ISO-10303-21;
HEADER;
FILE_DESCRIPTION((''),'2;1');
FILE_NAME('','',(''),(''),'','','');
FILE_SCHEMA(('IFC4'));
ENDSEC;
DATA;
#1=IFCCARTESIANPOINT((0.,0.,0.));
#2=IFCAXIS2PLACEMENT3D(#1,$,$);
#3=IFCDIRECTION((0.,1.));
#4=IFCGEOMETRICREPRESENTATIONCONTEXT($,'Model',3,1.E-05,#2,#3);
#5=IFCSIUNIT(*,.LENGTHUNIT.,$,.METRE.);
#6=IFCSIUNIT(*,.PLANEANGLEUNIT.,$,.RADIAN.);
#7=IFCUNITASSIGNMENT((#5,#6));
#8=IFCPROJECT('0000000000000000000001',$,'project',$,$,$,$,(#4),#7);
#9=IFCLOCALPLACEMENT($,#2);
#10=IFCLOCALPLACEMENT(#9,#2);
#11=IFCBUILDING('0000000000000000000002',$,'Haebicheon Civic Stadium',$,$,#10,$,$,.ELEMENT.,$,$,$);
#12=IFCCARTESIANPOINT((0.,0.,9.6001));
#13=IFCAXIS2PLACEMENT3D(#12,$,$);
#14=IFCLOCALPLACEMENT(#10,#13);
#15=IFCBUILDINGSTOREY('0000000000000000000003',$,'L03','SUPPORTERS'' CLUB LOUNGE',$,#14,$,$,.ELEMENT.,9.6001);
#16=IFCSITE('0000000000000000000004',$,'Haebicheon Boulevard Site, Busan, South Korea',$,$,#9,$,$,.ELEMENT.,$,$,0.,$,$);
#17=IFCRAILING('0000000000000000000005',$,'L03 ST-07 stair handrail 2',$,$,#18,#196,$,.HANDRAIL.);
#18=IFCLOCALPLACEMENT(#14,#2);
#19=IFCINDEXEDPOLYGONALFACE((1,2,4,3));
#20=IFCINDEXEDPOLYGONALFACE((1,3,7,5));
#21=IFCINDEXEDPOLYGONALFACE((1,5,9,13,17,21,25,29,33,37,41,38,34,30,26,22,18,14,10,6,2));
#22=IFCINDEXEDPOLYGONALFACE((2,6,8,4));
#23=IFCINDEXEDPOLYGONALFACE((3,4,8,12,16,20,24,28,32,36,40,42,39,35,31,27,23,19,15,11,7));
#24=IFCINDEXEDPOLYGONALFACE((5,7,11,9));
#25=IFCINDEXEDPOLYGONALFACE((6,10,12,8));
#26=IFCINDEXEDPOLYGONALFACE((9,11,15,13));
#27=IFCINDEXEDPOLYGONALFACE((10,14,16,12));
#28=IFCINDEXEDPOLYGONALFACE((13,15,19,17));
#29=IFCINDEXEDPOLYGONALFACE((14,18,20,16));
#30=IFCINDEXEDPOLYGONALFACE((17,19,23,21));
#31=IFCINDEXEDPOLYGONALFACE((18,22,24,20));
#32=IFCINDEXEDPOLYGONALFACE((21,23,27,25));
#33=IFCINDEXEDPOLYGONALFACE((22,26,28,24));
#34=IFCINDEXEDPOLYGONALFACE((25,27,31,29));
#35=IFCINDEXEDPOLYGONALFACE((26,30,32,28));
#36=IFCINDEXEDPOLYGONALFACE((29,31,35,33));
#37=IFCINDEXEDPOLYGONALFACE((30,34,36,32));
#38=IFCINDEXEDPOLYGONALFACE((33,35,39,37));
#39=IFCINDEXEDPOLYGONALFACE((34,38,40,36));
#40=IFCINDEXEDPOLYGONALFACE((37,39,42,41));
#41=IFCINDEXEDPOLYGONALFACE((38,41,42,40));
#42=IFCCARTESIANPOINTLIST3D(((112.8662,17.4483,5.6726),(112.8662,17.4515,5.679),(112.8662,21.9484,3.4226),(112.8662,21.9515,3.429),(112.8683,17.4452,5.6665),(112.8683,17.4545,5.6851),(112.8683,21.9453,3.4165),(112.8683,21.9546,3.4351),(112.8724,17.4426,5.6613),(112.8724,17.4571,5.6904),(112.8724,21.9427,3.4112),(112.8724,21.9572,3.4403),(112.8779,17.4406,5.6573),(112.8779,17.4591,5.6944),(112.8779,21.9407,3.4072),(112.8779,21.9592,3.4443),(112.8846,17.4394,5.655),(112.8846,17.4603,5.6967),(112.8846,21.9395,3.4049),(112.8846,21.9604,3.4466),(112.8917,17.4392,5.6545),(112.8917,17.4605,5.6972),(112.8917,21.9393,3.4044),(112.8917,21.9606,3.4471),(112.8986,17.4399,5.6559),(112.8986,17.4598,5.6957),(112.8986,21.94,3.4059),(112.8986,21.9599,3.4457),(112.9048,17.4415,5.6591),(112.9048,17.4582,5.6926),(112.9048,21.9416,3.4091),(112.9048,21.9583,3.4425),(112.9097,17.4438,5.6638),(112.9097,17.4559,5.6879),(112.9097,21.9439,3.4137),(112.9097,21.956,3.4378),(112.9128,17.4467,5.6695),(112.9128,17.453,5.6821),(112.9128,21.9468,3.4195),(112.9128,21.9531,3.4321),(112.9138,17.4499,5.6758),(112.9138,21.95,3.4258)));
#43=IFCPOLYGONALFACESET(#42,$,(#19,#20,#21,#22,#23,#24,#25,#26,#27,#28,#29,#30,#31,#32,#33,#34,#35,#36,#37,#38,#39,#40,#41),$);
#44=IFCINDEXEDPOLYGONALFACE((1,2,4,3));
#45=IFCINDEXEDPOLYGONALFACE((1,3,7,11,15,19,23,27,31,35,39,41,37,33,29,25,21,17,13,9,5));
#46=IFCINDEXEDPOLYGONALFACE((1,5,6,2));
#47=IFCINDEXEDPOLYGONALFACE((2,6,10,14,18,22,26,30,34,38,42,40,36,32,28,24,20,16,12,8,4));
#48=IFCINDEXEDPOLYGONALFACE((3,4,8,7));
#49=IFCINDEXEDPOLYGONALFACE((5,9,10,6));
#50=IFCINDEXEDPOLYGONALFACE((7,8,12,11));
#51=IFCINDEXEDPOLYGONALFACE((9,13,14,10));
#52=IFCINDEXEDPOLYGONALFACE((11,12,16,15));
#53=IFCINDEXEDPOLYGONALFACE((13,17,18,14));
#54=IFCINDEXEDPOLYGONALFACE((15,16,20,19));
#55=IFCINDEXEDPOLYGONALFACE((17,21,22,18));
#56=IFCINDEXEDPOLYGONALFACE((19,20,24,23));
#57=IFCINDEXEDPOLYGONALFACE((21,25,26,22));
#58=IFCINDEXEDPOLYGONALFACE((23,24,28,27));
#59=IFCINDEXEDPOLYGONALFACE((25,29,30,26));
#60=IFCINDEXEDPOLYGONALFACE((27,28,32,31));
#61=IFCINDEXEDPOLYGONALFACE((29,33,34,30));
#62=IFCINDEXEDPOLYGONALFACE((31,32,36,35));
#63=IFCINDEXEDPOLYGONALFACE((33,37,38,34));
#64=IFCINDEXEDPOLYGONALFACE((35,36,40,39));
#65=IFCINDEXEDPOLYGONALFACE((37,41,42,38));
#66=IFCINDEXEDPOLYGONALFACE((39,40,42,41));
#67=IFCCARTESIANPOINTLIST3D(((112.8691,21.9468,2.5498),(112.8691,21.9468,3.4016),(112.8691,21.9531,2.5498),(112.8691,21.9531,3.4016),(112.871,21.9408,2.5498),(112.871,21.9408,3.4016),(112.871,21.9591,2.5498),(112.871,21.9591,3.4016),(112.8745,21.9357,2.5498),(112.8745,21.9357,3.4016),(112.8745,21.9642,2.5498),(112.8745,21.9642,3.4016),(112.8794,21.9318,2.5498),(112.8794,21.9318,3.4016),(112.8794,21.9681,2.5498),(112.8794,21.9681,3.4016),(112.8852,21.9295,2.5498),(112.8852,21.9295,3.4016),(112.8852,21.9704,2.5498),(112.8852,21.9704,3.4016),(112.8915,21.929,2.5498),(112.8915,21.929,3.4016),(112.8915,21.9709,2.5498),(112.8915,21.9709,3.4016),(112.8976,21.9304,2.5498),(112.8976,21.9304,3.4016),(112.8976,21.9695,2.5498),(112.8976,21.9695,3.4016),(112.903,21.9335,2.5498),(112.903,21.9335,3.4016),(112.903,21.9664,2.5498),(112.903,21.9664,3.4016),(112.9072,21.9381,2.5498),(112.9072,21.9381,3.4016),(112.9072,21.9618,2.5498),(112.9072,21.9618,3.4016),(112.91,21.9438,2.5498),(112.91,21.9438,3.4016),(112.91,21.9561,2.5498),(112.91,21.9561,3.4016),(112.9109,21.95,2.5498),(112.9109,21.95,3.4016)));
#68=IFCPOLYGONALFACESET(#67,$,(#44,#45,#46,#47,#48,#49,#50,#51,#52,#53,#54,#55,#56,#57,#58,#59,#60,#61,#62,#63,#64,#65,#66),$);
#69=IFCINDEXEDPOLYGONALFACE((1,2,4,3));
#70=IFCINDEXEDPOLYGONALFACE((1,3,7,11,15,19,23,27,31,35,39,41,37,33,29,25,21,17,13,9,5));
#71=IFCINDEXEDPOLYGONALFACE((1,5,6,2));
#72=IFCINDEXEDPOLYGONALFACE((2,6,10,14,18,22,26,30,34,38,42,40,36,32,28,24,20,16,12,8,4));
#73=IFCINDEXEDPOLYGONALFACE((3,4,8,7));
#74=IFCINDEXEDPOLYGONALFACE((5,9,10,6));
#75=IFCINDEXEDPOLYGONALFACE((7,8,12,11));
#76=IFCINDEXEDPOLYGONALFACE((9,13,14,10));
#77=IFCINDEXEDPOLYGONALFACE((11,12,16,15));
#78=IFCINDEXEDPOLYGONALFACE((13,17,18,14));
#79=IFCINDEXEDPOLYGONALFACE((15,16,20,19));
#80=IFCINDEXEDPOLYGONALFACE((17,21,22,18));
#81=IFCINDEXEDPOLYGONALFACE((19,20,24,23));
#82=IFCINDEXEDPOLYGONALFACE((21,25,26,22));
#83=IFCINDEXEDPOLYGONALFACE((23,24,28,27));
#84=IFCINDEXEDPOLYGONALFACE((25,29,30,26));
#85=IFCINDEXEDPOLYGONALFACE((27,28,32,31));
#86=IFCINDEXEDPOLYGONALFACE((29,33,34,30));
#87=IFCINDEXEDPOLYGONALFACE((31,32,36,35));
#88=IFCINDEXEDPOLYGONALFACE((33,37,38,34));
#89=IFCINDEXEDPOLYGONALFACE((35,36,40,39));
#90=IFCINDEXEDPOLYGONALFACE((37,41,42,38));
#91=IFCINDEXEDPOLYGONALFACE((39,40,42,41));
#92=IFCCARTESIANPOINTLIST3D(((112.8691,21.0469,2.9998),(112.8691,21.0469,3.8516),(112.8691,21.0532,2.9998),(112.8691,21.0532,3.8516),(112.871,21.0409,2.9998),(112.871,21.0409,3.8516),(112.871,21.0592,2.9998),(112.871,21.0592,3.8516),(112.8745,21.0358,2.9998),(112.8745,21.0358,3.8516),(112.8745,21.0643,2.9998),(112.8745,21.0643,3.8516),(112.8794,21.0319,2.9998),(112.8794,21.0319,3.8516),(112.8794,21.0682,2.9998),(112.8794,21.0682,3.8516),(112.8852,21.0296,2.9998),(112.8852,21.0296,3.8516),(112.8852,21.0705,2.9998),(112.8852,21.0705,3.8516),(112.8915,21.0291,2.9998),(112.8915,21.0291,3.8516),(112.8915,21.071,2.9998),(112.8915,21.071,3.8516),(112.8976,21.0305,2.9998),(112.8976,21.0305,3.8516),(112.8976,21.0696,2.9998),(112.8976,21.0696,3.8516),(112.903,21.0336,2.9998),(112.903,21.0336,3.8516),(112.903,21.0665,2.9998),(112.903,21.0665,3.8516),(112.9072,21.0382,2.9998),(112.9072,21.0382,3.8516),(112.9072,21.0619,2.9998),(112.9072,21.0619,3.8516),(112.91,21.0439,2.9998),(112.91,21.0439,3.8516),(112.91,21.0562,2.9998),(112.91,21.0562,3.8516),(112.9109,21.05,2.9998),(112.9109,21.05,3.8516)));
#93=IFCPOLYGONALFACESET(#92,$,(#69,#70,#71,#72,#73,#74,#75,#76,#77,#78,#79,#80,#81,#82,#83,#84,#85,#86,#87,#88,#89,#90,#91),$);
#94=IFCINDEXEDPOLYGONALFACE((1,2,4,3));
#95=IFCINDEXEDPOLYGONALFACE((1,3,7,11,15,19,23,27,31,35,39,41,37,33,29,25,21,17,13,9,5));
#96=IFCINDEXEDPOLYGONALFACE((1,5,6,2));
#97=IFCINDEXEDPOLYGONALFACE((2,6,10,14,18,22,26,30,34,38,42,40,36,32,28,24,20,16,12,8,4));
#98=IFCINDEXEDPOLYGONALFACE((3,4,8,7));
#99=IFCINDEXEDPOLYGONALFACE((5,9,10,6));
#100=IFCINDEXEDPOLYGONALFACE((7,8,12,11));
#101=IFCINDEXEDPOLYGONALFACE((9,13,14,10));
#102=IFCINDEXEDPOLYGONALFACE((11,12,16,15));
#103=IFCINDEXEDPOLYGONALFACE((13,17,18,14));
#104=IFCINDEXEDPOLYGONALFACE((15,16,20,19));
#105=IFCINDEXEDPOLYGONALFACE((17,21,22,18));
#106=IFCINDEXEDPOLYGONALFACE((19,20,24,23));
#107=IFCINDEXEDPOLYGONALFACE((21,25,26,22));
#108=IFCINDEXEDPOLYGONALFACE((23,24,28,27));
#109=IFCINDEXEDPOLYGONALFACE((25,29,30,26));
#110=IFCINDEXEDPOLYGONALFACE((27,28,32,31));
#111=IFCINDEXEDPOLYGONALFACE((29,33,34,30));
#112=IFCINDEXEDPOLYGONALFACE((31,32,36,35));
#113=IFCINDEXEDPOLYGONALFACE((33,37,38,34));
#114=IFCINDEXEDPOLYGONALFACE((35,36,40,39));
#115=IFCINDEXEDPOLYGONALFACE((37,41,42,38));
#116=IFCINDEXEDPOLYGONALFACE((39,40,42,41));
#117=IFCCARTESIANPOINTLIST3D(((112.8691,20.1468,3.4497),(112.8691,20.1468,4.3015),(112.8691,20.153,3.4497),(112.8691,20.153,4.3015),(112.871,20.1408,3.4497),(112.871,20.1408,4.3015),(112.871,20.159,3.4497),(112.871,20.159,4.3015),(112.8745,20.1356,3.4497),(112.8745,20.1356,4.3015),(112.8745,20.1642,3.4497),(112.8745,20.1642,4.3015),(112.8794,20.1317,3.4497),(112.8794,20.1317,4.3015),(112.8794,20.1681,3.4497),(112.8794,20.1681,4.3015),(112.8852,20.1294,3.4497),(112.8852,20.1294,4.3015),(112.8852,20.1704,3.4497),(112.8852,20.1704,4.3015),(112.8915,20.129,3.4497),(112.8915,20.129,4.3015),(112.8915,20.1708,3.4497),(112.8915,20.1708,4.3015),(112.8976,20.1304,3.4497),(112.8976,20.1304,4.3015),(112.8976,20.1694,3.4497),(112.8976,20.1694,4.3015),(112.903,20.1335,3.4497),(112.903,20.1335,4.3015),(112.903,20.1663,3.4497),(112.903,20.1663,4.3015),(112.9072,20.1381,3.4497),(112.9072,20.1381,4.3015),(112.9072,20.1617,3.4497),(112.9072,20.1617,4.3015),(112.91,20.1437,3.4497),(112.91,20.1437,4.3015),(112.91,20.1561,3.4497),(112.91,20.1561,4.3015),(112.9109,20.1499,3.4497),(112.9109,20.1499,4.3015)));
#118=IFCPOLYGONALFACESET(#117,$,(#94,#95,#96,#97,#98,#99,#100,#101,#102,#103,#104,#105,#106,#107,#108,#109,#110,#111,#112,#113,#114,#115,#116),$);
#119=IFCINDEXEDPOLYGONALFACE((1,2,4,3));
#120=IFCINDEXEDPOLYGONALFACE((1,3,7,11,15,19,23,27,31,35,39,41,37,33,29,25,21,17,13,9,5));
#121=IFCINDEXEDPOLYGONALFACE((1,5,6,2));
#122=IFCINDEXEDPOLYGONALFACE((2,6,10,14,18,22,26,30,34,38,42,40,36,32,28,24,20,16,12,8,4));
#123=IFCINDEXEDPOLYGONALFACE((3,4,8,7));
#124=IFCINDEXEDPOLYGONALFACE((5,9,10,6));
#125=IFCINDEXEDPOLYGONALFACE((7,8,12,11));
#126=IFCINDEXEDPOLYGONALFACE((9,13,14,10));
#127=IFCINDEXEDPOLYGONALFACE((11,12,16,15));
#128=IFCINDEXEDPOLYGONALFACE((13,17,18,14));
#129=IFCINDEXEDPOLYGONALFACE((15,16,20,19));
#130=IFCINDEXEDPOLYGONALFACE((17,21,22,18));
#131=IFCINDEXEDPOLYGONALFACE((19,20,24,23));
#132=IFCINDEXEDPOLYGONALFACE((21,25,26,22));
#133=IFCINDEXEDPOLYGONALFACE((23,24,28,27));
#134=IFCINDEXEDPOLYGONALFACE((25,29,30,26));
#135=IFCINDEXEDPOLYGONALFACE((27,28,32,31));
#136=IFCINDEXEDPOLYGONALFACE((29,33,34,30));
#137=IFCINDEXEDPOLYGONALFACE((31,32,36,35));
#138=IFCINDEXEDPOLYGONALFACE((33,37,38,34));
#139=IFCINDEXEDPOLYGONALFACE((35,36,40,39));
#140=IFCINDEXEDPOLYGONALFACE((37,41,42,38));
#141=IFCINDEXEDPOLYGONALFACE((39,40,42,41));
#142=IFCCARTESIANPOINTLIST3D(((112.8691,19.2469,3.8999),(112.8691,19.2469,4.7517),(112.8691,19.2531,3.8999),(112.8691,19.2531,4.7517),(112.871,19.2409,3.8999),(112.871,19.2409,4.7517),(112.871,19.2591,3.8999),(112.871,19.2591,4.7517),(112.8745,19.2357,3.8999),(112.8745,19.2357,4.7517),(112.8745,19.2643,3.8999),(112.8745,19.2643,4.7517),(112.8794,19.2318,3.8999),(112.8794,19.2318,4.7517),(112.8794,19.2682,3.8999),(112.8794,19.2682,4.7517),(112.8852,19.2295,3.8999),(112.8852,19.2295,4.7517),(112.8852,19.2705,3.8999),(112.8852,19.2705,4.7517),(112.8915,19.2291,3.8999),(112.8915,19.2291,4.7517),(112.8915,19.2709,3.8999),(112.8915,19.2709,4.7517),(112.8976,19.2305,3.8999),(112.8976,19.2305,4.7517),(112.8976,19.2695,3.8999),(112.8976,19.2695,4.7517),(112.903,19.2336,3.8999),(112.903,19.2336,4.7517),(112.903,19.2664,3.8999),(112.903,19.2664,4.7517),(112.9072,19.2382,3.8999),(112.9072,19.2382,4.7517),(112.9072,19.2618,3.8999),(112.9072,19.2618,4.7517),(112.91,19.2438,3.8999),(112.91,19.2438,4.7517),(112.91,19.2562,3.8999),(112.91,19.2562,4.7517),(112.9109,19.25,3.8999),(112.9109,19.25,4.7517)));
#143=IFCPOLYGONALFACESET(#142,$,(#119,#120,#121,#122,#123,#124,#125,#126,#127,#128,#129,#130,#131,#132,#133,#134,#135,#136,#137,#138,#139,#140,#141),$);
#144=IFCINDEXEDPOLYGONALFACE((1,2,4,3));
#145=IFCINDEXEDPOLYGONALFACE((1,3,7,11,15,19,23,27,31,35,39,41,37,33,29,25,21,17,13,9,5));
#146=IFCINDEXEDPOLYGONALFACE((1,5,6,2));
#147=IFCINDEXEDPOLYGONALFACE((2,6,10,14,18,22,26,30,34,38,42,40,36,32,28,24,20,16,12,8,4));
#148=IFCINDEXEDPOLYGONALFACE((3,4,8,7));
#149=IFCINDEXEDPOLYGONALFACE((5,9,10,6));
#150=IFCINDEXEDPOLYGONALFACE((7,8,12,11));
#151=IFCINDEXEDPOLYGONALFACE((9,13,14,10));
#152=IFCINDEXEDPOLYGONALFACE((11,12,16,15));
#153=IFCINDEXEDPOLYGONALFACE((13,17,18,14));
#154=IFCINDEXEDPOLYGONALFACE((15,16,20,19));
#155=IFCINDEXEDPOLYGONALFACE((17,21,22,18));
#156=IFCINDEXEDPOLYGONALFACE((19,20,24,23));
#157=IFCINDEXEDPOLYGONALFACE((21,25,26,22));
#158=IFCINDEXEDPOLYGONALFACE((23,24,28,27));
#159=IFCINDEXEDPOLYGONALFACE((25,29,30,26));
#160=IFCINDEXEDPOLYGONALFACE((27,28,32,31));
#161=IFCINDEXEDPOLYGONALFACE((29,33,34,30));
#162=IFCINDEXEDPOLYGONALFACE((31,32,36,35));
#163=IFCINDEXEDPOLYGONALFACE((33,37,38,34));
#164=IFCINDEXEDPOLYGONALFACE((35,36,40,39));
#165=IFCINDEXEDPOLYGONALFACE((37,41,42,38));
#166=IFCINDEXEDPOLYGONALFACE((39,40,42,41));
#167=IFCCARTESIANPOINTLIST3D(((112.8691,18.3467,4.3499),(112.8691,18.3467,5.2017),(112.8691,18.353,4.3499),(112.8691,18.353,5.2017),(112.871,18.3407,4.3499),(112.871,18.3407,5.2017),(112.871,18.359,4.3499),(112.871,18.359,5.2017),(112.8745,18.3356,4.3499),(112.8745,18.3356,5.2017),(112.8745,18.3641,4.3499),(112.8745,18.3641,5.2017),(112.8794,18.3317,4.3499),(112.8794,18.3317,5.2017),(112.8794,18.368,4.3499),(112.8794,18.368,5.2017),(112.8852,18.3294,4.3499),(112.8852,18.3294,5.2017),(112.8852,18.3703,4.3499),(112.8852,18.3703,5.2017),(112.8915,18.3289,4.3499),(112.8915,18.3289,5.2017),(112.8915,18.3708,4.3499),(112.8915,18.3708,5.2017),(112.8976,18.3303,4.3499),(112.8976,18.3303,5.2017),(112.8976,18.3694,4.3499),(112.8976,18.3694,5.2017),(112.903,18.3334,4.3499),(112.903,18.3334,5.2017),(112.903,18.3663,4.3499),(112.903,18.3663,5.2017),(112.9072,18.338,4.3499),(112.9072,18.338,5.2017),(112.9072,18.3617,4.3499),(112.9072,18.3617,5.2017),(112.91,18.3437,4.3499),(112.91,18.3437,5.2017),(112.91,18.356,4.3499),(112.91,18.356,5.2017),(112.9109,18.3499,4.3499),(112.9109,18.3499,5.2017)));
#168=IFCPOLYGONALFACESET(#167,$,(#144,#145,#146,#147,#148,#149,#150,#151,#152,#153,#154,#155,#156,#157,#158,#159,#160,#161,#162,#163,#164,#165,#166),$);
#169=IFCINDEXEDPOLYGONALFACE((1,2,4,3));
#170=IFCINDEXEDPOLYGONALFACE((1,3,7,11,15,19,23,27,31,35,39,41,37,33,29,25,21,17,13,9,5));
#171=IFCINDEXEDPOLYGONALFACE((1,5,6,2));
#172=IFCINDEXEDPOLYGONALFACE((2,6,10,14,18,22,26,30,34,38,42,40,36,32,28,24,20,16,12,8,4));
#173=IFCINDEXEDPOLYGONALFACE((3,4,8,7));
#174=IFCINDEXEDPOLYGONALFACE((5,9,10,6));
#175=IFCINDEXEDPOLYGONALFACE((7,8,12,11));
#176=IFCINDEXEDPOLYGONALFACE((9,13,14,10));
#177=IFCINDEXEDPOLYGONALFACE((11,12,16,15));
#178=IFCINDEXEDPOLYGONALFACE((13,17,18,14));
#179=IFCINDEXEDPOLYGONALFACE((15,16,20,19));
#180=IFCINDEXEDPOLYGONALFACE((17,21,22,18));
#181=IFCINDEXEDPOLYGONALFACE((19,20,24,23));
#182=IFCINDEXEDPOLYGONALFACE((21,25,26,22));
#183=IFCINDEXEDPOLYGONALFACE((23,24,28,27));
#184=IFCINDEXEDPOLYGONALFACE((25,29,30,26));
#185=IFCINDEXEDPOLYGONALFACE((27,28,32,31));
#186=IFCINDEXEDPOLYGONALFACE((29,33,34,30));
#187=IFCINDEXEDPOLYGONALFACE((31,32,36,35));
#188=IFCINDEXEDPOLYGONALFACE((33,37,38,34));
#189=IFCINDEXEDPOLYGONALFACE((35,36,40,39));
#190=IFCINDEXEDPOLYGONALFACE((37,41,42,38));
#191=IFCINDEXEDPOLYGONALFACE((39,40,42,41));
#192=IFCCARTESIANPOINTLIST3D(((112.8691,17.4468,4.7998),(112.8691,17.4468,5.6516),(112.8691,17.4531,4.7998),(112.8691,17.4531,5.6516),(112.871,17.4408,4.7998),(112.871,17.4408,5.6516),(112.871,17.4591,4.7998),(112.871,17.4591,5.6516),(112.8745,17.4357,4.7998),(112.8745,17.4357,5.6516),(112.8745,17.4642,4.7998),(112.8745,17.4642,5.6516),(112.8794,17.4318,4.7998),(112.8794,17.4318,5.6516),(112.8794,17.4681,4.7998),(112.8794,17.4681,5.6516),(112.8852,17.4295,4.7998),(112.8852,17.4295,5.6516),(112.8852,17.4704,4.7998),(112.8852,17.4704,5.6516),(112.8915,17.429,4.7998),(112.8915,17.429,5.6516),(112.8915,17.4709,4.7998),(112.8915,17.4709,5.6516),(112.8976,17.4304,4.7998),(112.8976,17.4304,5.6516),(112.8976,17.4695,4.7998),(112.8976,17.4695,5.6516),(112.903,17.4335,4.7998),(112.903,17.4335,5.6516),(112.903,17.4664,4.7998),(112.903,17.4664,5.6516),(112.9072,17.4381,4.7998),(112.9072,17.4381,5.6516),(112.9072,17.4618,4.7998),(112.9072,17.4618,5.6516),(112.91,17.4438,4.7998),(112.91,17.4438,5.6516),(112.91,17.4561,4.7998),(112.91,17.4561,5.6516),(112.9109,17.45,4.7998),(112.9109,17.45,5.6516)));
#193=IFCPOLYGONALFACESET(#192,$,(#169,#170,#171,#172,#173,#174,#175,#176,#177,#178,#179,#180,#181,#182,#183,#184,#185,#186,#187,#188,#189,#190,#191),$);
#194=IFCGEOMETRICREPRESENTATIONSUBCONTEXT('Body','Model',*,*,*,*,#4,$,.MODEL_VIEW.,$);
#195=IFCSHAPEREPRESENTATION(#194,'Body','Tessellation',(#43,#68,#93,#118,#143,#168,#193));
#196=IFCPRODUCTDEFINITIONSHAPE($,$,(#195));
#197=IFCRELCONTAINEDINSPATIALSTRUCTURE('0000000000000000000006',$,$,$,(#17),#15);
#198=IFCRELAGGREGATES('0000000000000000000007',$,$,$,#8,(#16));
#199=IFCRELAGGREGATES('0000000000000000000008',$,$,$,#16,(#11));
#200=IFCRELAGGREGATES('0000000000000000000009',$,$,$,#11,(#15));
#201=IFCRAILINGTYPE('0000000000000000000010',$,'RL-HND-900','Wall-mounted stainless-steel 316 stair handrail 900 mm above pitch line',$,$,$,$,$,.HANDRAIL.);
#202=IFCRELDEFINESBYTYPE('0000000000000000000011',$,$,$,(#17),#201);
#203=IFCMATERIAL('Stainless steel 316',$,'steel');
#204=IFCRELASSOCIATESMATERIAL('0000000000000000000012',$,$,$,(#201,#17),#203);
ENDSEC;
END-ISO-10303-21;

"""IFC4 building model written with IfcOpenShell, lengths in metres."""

from ifc_helpers import new_model, si_unit, direction, frame, origin, origin_2d, place, context, subcontext, project, spatial, circle, extrude, material, type_object, element, save


model = new_model("IFC4")

# Units and contexts
model_context = context("Model", 3, precision=1e-05, world=origin(), true_north=direction((0.0, 1.0)))
body_context = subcontext(model_context, "Body", "Model", "MODEL_VIEW")
ifc_project = project(units=[si_unit("LENGTHUNIT", "METRE"), si_unit("PLANEANGLEUNIT", "RADIAN")], contexts=[model_context])

# Site, building, storey
site_placement = place(None, origin())
site = spatial("IfcSite", under=ifc_project, at=site_placement, Name="Haebicheon Boulevard Site, Busan, South Korea", CompositionType="ELEMENT", RefElevation=0.0)
building_placement = place(site_placement, origin())
building = spatial("IfcBuilding", under=site, at=building_placement, Name="Haebicheon Civic Stadium", CompositionType="ELEMENT")
storey_placement = place(building_placement, frame((0.0, 0.0, 9.6001)))
storey = spatial("IfcBuildingStorey", under=building, at=storey_placement, Name="L03", Description="SUPPORTERS' CLUB LOUNGE", CompositionType="ELEMENT", Elevation=9.6001)

# Railing
ifc_material_1 = material(Name="Stainless steel 316", Category="steel")
railing_type_1 = type_object("IfcRailingType", Name="RL-HND-900", Description="Wall-mounted stainless-steel 316 stair handrail 900 mm above pitch line", PredefinedType="HANDRAIL", material=ifc_material_1)
railing_1_placement = place(storey_placement, frame((112.8899, 21.95, 2.5498)))
element("IfcRailing", 1, at=railing_1_placement, inside=storey, type_object=railing_type_1, material=ifc_material_1, Name="L03 ST-07 stair handrail 2", PredefinedType="HANDRAIL", context=body_context, shape_type="SweptSolid", body=[
    extrude(circle(Radius=0.0239, at=origin_2d()), frame((0.0, 0.0, 0.876), z_axis=(0.0, -0.894427, 0.447214), x_axis=(1.0, 0.0, 0.0)), (0.0, 0.0, 1.0), 5.0312),
    extrude(circle(Radius=0.021, at=origin_2d()), origin(), (0.0, 0.0, 1.0), 0.8518),
    extrude(circle(Radius=0.021, at=origin_2d()), frame((0.0, -0.8999, 0.45)), (0.0, 0.0, 1.0), 0.8518),
    extrude(circle(Radius=0.021, at=origin_2d()), frame((0.0, -1.8, 0.8999)), (0.0, 0.0, 1.0), 0.8518),
    extrude(circle(Radius=0.021, at=origin_2d()), frame((0.0, -2.7, 1.3501)), (0.0, 0.0, 1.0), 0.8518),
    extrude(circle(Radius=0.021, at=origin_2d()), frame((0.0, -3.6001, 1.8)), (0.0, 0.0, 1.0), 0.8518),
    extrude(circle(Radius=0.021, at=origin_2d()), frame((0.0, -4.5, 2.25)), (0.0, 0.0, 1.0), 0.8518),
])

save(model, "model.ifc")
